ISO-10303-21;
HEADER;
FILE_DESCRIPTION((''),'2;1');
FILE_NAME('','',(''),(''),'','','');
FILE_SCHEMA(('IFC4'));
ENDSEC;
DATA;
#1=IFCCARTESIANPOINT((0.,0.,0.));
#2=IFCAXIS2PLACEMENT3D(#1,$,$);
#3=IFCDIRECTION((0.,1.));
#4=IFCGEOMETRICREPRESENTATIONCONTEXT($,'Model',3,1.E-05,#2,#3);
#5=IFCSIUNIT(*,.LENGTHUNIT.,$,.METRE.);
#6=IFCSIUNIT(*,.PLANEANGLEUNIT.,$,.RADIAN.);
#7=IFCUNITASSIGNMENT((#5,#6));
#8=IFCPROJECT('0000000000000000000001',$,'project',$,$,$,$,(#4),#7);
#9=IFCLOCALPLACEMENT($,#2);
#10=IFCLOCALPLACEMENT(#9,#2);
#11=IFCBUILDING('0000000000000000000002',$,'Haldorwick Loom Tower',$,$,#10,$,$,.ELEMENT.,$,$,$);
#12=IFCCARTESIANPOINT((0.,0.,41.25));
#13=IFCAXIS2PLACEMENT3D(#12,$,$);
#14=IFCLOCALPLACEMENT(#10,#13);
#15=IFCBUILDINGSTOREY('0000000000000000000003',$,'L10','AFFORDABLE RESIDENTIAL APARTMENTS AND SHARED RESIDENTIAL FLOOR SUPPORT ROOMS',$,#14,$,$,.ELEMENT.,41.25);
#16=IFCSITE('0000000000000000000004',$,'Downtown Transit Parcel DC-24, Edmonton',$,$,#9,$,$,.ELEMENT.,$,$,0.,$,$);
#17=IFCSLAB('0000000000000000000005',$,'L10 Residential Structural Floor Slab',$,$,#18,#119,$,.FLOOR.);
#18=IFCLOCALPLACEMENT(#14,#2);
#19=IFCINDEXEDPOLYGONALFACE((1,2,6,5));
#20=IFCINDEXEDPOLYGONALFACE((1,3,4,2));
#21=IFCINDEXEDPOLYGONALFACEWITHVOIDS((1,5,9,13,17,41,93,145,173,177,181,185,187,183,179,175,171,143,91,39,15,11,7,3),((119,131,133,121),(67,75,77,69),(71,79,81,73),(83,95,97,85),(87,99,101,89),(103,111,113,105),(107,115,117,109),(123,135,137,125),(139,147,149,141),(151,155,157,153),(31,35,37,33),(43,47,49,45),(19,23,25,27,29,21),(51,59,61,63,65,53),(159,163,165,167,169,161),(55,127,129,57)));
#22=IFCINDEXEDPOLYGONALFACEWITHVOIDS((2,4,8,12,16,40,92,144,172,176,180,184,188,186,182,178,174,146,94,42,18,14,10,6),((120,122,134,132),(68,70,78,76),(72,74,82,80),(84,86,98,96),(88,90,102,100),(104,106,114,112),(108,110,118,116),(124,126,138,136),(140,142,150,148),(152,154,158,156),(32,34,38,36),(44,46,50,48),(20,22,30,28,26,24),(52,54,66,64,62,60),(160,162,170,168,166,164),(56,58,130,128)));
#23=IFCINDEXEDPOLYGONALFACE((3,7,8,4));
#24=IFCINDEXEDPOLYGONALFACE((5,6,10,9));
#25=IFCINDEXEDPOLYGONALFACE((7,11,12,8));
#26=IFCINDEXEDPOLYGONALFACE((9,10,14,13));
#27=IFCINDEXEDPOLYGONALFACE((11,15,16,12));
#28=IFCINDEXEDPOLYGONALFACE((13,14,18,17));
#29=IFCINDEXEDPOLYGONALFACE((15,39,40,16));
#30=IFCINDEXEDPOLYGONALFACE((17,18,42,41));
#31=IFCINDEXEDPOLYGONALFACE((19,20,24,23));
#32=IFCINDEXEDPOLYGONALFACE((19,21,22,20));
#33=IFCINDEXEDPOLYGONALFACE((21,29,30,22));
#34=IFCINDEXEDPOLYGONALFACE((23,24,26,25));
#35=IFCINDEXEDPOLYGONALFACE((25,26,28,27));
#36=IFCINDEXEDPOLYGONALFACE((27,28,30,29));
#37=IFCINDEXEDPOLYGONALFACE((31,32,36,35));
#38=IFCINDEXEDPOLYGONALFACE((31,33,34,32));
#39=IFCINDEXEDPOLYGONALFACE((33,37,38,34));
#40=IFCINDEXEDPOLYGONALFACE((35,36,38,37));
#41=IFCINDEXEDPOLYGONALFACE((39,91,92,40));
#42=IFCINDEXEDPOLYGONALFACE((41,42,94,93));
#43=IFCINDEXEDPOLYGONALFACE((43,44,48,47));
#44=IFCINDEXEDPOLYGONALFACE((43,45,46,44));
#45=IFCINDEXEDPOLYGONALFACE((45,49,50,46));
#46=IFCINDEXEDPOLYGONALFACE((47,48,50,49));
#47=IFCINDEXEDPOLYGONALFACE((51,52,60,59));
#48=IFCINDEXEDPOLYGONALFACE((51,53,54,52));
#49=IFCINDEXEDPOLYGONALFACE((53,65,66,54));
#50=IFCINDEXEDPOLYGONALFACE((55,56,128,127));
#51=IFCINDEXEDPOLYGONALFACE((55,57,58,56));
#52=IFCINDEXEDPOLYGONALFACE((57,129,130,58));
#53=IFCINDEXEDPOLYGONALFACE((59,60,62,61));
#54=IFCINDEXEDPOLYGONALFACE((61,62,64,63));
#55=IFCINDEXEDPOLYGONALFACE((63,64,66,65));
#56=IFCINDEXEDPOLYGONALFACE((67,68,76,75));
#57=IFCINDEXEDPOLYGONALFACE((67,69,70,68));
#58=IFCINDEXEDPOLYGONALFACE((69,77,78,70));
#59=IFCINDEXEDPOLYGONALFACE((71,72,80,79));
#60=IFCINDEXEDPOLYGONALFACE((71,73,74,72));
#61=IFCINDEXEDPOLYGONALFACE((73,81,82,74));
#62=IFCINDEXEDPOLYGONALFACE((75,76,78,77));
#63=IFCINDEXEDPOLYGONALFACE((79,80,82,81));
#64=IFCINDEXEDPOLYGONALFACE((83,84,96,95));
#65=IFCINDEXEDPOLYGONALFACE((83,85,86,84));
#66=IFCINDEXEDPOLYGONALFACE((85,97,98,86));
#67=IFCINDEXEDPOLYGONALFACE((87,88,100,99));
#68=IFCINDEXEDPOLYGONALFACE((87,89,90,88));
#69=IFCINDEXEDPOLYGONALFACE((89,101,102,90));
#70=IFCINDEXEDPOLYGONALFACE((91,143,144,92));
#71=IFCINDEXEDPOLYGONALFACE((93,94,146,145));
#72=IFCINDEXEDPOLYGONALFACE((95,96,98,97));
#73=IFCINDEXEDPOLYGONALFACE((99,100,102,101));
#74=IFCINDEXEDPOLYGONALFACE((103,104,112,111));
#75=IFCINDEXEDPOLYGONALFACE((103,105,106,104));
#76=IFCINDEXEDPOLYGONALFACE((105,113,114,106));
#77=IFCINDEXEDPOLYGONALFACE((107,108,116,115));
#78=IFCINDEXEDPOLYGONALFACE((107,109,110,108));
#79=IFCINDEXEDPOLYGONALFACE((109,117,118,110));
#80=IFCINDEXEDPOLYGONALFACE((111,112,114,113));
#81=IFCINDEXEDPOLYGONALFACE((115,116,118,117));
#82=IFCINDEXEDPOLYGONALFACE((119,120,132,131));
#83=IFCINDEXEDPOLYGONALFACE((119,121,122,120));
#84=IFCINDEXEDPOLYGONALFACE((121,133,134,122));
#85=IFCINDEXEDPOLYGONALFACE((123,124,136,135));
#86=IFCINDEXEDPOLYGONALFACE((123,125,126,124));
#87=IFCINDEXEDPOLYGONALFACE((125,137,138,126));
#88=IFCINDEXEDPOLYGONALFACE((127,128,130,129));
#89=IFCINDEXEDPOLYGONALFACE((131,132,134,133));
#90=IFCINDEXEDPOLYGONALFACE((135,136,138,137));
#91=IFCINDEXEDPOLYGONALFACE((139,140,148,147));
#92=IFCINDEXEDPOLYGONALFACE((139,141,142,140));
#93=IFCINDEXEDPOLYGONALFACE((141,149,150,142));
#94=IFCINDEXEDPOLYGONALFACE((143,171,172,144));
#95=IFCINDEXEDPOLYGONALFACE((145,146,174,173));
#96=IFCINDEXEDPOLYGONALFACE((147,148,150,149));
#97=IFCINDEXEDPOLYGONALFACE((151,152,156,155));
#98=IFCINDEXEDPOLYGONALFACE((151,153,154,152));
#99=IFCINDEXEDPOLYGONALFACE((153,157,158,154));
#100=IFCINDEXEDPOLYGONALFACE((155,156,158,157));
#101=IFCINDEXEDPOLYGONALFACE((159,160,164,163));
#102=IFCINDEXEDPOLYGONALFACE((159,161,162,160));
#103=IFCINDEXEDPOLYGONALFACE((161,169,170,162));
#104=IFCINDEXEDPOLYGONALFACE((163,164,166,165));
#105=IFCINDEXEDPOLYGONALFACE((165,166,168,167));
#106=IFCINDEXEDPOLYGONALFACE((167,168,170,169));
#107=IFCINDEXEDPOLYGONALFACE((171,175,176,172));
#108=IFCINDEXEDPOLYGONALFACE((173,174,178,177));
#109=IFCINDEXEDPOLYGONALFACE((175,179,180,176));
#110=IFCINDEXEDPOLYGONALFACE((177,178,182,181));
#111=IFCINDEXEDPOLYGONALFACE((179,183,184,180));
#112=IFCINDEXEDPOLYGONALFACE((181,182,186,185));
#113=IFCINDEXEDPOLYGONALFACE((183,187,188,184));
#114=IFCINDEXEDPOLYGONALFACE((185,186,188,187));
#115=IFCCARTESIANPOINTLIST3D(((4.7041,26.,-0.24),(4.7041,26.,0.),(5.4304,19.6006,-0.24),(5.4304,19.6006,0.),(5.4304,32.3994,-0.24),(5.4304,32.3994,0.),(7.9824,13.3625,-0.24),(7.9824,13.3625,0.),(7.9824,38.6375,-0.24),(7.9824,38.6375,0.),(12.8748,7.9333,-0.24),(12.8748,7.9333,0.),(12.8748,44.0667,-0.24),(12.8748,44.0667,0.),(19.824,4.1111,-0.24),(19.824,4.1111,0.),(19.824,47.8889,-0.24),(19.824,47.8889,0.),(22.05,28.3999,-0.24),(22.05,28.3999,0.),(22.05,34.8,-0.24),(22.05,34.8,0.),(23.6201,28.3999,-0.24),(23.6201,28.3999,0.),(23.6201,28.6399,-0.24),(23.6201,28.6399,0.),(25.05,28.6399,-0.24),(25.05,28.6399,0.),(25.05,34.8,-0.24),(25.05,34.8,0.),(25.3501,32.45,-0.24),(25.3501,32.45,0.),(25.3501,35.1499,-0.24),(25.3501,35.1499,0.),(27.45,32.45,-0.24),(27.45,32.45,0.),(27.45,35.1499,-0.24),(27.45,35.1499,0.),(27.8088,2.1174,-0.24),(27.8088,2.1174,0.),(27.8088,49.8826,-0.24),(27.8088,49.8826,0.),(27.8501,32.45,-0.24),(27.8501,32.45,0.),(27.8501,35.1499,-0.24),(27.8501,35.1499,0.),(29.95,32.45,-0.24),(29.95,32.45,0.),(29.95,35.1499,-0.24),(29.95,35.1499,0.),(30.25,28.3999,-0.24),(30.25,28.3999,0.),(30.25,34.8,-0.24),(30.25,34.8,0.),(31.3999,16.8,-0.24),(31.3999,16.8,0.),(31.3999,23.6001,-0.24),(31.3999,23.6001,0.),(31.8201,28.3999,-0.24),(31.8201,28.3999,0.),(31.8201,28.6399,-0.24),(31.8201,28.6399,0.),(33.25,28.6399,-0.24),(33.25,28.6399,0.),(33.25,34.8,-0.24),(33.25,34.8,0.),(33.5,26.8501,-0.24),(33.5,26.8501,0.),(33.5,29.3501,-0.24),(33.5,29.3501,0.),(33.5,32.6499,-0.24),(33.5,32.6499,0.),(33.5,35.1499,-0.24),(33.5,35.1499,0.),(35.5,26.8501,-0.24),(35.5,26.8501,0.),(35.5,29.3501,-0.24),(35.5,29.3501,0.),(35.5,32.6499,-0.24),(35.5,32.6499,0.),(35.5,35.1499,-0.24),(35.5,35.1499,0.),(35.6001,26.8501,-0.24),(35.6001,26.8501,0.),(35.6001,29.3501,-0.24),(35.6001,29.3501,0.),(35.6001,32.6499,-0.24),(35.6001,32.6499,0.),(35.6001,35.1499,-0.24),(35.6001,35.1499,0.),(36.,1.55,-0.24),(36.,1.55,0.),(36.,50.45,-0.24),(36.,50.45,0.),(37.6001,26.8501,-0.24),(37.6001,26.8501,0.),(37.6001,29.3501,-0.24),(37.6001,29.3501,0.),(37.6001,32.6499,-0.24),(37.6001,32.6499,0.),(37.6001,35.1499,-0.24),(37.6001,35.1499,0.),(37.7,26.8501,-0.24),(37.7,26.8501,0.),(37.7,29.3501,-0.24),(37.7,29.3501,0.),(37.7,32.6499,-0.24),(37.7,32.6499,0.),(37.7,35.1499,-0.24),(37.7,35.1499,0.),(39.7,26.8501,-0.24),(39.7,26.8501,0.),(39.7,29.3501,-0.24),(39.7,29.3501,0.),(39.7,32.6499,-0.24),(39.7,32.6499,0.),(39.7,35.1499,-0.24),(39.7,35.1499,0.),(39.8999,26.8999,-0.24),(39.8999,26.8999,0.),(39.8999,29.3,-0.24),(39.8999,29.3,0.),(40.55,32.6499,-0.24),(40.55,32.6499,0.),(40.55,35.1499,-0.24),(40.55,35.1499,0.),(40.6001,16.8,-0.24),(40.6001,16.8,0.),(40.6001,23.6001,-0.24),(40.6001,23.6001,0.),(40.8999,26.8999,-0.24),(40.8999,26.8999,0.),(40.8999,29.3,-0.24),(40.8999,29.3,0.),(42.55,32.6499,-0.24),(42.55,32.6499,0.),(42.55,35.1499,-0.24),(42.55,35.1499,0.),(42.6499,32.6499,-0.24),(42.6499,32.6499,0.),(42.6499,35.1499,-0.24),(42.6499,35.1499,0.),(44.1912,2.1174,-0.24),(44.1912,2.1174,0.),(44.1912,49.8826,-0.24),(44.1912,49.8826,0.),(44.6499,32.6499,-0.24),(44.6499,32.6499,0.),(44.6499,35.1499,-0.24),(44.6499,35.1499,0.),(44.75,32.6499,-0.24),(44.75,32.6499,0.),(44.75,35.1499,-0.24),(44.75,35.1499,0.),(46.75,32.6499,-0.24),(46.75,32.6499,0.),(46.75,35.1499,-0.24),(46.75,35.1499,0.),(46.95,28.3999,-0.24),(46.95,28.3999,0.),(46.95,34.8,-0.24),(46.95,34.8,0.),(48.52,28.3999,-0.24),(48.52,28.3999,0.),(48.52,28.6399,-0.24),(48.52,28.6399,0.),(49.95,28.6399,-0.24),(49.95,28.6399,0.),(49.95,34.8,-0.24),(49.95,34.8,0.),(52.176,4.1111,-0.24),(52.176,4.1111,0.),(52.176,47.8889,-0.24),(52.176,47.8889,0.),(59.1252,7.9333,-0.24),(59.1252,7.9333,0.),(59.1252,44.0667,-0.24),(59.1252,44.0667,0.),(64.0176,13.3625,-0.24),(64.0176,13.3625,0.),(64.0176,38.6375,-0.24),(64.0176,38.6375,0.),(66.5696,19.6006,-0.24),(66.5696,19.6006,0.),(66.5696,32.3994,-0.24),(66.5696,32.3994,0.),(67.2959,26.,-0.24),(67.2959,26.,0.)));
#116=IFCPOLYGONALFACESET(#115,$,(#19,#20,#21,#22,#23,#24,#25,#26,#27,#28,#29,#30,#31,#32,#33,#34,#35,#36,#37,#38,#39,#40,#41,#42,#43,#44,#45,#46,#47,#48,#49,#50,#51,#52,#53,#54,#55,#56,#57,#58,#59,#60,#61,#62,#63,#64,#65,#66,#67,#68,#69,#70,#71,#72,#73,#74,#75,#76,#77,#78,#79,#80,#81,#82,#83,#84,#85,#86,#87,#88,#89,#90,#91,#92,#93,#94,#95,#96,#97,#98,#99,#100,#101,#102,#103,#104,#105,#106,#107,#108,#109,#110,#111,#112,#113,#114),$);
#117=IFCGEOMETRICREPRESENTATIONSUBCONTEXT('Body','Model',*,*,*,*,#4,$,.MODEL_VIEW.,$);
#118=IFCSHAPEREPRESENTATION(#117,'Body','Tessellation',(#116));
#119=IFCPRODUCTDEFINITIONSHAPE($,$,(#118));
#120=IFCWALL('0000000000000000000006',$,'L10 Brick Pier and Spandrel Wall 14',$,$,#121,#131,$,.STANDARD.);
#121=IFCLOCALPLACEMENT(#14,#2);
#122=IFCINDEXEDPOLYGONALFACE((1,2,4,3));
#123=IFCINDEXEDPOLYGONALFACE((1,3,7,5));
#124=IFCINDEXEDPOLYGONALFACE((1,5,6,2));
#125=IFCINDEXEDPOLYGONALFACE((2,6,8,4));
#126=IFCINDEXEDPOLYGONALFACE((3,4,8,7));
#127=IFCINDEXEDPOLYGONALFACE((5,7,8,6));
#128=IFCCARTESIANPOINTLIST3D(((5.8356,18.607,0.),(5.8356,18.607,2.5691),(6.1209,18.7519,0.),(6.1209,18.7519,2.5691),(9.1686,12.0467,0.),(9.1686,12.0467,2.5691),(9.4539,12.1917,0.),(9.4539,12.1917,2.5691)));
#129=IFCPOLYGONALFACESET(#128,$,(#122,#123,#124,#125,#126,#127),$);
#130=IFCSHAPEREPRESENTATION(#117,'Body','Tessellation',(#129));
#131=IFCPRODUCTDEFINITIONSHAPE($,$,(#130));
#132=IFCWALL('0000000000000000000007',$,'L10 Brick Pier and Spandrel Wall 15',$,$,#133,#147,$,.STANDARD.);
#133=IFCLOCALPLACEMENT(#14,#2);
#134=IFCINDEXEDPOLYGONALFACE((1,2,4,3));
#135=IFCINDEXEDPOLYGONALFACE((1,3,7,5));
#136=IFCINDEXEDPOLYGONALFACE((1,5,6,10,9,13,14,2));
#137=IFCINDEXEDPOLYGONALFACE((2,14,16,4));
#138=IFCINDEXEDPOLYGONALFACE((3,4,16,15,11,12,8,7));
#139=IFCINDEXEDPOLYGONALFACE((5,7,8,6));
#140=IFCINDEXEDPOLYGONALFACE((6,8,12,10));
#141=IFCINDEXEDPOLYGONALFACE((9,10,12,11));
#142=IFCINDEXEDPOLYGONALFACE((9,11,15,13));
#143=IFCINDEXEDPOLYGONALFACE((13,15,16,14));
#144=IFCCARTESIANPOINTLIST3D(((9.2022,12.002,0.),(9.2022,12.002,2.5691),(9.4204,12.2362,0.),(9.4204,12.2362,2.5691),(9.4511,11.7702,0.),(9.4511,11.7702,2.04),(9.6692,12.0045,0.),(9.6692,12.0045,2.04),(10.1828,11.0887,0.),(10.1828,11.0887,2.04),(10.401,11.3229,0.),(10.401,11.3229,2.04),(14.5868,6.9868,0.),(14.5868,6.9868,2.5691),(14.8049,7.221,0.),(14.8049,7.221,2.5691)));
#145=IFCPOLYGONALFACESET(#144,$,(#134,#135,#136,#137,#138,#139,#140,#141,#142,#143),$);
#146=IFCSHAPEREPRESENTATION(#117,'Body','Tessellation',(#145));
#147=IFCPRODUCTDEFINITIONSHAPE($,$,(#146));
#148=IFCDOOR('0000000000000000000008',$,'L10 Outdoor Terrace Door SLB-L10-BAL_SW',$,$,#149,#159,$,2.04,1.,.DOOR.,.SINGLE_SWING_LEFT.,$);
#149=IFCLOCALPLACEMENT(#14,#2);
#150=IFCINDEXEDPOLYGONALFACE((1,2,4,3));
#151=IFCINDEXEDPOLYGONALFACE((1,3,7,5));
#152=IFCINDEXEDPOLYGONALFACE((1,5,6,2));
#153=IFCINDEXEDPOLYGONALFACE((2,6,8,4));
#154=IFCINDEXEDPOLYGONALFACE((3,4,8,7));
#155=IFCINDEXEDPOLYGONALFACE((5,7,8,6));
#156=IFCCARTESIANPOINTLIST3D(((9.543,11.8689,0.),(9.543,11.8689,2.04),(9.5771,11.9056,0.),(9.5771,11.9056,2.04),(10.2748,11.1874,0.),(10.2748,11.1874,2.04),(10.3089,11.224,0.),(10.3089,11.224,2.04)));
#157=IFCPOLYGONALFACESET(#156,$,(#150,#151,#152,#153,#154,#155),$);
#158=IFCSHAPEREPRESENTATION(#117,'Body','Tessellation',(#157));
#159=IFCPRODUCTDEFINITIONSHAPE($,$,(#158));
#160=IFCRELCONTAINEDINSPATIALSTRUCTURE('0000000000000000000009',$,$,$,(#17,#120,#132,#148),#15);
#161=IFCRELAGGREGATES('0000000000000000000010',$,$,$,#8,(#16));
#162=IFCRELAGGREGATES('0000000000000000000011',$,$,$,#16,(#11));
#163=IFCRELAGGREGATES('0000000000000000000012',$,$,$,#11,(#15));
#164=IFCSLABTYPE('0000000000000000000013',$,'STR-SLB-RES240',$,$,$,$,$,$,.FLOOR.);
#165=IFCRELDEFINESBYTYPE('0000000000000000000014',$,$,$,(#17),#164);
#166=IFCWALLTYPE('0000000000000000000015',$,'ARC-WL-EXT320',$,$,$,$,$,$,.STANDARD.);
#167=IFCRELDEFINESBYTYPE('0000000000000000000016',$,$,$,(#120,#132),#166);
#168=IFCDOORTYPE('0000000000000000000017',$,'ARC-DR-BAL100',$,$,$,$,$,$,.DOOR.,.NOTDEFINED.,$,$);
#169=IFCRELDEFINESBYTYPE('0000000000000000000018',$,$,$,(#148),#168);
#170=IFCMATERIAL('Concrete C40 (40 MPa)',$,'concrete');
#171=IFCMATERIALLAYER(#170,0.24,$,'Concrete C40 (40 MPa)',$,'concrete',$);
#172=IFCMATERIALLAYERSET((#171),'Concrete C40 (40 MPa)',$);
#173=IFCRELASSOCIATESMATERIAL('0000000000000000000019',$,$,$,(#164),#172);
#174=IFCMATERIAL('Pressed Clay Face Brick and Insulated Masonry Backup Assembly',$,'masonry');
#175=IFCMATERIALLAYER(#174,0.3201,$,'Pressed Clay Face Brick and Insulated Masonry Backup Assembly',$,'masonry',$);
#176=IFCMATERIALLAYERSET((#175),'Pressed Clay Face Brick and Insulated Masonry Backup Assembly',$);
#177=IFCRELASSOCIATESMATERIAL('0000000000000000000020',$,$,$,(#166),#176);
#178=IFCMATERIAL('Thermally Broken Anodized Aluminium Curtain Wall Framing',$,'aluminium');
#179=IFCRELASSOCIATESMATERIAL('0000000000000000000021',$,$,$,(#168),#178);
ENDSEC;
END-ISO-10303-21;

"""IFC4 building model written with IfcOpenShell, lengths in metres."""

from ifc_helpers import new_model, si_unit, direction, frame, frame_2d, origin, place, context, subcontext, project, spatial, polyline, rectangle, outline, extrude, material, layer, layer_set, type_object, element, fill, save


model = new_model("IFC4")

# Units and contexts
model_context = context("Model", 3, precision=1e-05, world=origin(), true_north=direction((0.0, 1.0)))
body_context = subcontext(model_context, "Body", "Model", "MODEL_VIEW")
ifc_project = project(units=[si_unit("LENGTHUNIT", "METRE"), si_unit("PLANEANGLEUNIT", "RADIAN")], contexts=[model_context])

# Site, building, storey
site_placement = place(None, origin())
site = spatial("IfcSite", under=ifc_project, at=site_placement, Name="Downtown Transit Parcel DC-24, Edmonton", CompositionType="ELEMENT", RefElevation=0.0)
building_placement = place(site_placement, origin())
building = spatial("IfcBuilding", under=site, at=building_placement, Name="Haldorwick Loom Tower", CompositionType="ELEMENT")
storey_placement = place(building_placement, frame((0.0, 0.0, 41.25)))
storey = spatial("IfcBuildingStorey", under=building, at=storey_placement, Name="L10", Description="AFFORDABLE RESIDENTIAL APARTMENTS AND SHARED RESIDENTIAL FLOOR SUPPORT ROOMS", CompositionType="ELEMENT", Elevation=41.25)

# Shared definitions
ifc_material_1 = material(Name="Concrete C40 (40 MPa)", Category="concrete")

# Slab
ifc_layer_1 = layer(ifc_material_1, 0.24, Name="Concrete C40 (40 MPa)", Category="concrete")
ifc_layer_set_1 = layer_set([ifc_layer_1], Name="Concrete C40 (40 MPa)")
slab_type_1 = type_object("IfcSlabType", Name="STR-SLB-RES240", PredefinedType="FLOOR", material=ifc_layer_set_1)
slab_1_placement = place(storey_placement, frame((0.0, 0.0, -0.24)))
element("IfcSlab", 1, at=slab_1_placement, inside=storey, type_object=slab_type_1, Name="L10 Residential Structural Floor Slab", PredefinedType="FLOOR", context=body_context, shape_type="SweptSolid", body=[
    extrude(outline(polyline([(59.1252, 7.9333), (64.0176, 13.3625), (66.5696, 19.6006), (67.2959, 26.0), (66.5696, 32.3994), (64.0176, 38.6375), (59.1252, 44.0667), (52.176, 47.8889), (44.1912, 49.8826), (36.0, 50.45), (27.8088, 49.8826), (19.824, 47.8889), (12.8748, 44.0667), (7.9824, 38.6375), (5.4304, 32.3994), (4.7041, 26.0), (5.4304, 19.6006), (7.9824, 13.3625), (12.8748, 7.9333), (19.824, 4.1111), (27.8088, 2.1174), (36.0, 1.55), (44.1912, 2.1174), (52.176, 4.1111), (59.1252, 7.9333)]), holes=[polyline([(31.3999, 23.6001), (40.6001, 23.6001), (40.6001, 16.8), (31.3999, 16.8), (31.3999, 23.6001)]), polyline([(33.5, 26.8501), (33.5, 29.3501), (35.5, 29.3501), (35.5, 26.8501), (33.5, 26.8501)]), polyline([(22.05, 28.3999), (22.05, 34.8), (25.05, 34.8), (25.05, 28.6399), (23.6201, 28.6399), (23.6201, 28.3999), (22.05, 28.3999)]), polyline([(30.25, 28.3999), (30.25, 34.8), (33.25, 34.8), (33.25, 28.6399), (31.8201, 28.6399), (31.8201, 28.3999), (30.25, 28.3999)]), polyline([(25.3501, 32.45), (25.3501, 35.1499), (27.45, 35.1499), (27.45, 32.45), (25.3501, 32.45)]), polyline([(27.8501, 32.45), (27.8501, 35.1499), (29.95, 35.1499), (29.95, 32.45), (27.8501, 32.45)]), polyline([(33.5, 32.6499), (33.5, 35.1499), (35.5, 35.1499), (35.5, 32.6499), (33.5, 32.6499)]), polyline([(35.6001, 32.6499), (35.6001, 35.1499), (37.6001, 35.1499), (37.6001, 32.6499), (35.6001, 32.6499)]), polyline([(35.6001, 26.8501), (35.6001, 29.3501), (37.6001, 29.3501), (37.6001, 26.8501), (35.6001, 26.8501)]), polyline([(37.7, 26.8501), (37.7, 29.3501), (39.7, 29.3501), (39.7, 26.8501), (37.7, 26.8501)]), polyline([(39.8999, 26.8999), (39.8999, 29.3), (40.8999, 29.3), (40.8999, 26.8999), (39.8999, 26.8999)]), polyline([(46.95, 28.3999), (46.95, 34.8), (49.95, 34.8), (49.95, 28.6399), (48.52, 28.6399), (48.52, 28.3999), (46.95, 28.3999)]), polyline([(37.7, 32.6499), (37.7, 35.1499), (39.7, 35.1499), (39.7, 32.6499), (37.7, 32.6499)]), polyline([(40.55, 32.6499), (40.55, 35.1499), (42.55, 35.1499), (42.55, 32.6499), (40.55, 32.6499)]), polyline([(42.6499, 32.6499), (42.6499, 35.1499), (44.6499, 35.1499), (44.6499, 32.6499), (42.6499, 32.6499)]), polyline([(44.75, 32.6499), (44.75, 35.1499), (46.75, 35.1499), (46.75, 32.6499), (44.75, 32.6499)])]), origin(), (0.0, 0.0, 1.0), 0.24),
])

# Wall
ifc_material_2 = material(Name="Pressed Clay Face Brick and Insulated Masonry Backup Assembly", Category="masonry")
ifc_layer_2 = layer(ifc_material_2, 0.3201, Name="Pressed Clay Face Brick and Insulated Masonry Backup Assembly", Category="masonry")
ifc_layer_set_2 = layer_set([ifc_layer_2], Name="Pressed Clay Face Brick and Insulated Masonry Backup Assembly")
wall_type_1 = type_object("IfcWallType", Name="ARC-WL-EXT320", PredefinedType="STANDARD", material=ifc_layer_set_2)
wall_1_placement = place(storey_placement, frame((5.9783, 18.6794, 0.0), z_axis=(0.0, 0.0, 1.0), x_axis=(0.452951, -0.891535, 0.0)))
element("IfcWall", 2, at=wall_1_placement, inside=storey, type_object=wall_type_1, Name="L10 Brick Pier and Spandrel Wall 14", PredefinedType="STANDARD", context=body_context, shape_type="SweptSolid", body=[
    extrude(rectangle(XDim=7.3584, YDim=0.3201, at=frame_2d((3.6792, 0.0))), origin(), (0.0, 0.0, 1.0), 2.5691),
])

# Wall, opening, door
wall_2_placement = place(storey_placement, frame((9.3113, 12.1191, 0.0), z_axis=(0.0, 0.0, 1.0), x_axis=(0.731761, -0.681561, 0.0)))
wall_2 = element("IfcWall", 3, at=wall_2_placement, inside=storey, type_object=wall_type_1, Name="L10 Brick Pier and Spandrel Wall 15", PredefinedType="STANDARD", context=body_context, shape_type="SweptSolid", body=[
    extrude(rectangle(XDim=7.3584, YDim=0.3201, at=frame_2d((3.6792, 0.0))), origin(), (0.0, 0.0, 1.0), 2.5691),
])
opening_1_placement = place(wall_2_placement, frame((0.3401, 0.0, 0.0)))
opening_1 = element("IfcOpeningElement", 4, at=opening_1_placement, cuts=wall_2, PredefinedType="OPENING", context=body_context, shape_type="SweptSolid", body=[
    extrude(rectangle(XDim=1.0, YDim=2.04, at=frame_2d((0.5, 1.02))), frame((0.0, 0.1699, 0.0), z_axis=(0.0, -1.0, 0.0), x_axis=(1.0, 0.0, 0.0)), (0.0, 0.0, 1.0), 0.3401),
])
ifc_material_3 = material(Name="Thermally Broken Anodized Aluminium Curtain Wall Framing", Category="aluminium")
door_type = type_object("IfcDoorType", Name="ARC-DR-BAL100", OperationType="NOTDEFINED", PredefinedType="DOOR", material=ifc_material_3)
door_placement = place(opening_1_placement, origin())
door = element("IfcDoor", 5, at=door_placement, inside=storey, type_object=door_type, Name="L10 Outdoor Terrace Door SLB-L10-BAL_SW", OperationType="SINGLE_SWING_LEFT", OverallHeight=2.04, OverallWidth=1.0, PredefinedType="DOOR", context=body_context, shape_type="SweptSolid", body=[
    extrude(rectangle(XDim=1.0, YDim=2.04, at=frame_2d((0.5, 1.02))), frame((0.0, 0.0249, 0.0), z_axis=(0.0, -1.0, 0.0), x_axis=(1.0, 0.0, 0.0)), (0.0, 0.0, 1.0), 0.05),
])
fill(opening_1, door)

save(model, "model.ifc")
